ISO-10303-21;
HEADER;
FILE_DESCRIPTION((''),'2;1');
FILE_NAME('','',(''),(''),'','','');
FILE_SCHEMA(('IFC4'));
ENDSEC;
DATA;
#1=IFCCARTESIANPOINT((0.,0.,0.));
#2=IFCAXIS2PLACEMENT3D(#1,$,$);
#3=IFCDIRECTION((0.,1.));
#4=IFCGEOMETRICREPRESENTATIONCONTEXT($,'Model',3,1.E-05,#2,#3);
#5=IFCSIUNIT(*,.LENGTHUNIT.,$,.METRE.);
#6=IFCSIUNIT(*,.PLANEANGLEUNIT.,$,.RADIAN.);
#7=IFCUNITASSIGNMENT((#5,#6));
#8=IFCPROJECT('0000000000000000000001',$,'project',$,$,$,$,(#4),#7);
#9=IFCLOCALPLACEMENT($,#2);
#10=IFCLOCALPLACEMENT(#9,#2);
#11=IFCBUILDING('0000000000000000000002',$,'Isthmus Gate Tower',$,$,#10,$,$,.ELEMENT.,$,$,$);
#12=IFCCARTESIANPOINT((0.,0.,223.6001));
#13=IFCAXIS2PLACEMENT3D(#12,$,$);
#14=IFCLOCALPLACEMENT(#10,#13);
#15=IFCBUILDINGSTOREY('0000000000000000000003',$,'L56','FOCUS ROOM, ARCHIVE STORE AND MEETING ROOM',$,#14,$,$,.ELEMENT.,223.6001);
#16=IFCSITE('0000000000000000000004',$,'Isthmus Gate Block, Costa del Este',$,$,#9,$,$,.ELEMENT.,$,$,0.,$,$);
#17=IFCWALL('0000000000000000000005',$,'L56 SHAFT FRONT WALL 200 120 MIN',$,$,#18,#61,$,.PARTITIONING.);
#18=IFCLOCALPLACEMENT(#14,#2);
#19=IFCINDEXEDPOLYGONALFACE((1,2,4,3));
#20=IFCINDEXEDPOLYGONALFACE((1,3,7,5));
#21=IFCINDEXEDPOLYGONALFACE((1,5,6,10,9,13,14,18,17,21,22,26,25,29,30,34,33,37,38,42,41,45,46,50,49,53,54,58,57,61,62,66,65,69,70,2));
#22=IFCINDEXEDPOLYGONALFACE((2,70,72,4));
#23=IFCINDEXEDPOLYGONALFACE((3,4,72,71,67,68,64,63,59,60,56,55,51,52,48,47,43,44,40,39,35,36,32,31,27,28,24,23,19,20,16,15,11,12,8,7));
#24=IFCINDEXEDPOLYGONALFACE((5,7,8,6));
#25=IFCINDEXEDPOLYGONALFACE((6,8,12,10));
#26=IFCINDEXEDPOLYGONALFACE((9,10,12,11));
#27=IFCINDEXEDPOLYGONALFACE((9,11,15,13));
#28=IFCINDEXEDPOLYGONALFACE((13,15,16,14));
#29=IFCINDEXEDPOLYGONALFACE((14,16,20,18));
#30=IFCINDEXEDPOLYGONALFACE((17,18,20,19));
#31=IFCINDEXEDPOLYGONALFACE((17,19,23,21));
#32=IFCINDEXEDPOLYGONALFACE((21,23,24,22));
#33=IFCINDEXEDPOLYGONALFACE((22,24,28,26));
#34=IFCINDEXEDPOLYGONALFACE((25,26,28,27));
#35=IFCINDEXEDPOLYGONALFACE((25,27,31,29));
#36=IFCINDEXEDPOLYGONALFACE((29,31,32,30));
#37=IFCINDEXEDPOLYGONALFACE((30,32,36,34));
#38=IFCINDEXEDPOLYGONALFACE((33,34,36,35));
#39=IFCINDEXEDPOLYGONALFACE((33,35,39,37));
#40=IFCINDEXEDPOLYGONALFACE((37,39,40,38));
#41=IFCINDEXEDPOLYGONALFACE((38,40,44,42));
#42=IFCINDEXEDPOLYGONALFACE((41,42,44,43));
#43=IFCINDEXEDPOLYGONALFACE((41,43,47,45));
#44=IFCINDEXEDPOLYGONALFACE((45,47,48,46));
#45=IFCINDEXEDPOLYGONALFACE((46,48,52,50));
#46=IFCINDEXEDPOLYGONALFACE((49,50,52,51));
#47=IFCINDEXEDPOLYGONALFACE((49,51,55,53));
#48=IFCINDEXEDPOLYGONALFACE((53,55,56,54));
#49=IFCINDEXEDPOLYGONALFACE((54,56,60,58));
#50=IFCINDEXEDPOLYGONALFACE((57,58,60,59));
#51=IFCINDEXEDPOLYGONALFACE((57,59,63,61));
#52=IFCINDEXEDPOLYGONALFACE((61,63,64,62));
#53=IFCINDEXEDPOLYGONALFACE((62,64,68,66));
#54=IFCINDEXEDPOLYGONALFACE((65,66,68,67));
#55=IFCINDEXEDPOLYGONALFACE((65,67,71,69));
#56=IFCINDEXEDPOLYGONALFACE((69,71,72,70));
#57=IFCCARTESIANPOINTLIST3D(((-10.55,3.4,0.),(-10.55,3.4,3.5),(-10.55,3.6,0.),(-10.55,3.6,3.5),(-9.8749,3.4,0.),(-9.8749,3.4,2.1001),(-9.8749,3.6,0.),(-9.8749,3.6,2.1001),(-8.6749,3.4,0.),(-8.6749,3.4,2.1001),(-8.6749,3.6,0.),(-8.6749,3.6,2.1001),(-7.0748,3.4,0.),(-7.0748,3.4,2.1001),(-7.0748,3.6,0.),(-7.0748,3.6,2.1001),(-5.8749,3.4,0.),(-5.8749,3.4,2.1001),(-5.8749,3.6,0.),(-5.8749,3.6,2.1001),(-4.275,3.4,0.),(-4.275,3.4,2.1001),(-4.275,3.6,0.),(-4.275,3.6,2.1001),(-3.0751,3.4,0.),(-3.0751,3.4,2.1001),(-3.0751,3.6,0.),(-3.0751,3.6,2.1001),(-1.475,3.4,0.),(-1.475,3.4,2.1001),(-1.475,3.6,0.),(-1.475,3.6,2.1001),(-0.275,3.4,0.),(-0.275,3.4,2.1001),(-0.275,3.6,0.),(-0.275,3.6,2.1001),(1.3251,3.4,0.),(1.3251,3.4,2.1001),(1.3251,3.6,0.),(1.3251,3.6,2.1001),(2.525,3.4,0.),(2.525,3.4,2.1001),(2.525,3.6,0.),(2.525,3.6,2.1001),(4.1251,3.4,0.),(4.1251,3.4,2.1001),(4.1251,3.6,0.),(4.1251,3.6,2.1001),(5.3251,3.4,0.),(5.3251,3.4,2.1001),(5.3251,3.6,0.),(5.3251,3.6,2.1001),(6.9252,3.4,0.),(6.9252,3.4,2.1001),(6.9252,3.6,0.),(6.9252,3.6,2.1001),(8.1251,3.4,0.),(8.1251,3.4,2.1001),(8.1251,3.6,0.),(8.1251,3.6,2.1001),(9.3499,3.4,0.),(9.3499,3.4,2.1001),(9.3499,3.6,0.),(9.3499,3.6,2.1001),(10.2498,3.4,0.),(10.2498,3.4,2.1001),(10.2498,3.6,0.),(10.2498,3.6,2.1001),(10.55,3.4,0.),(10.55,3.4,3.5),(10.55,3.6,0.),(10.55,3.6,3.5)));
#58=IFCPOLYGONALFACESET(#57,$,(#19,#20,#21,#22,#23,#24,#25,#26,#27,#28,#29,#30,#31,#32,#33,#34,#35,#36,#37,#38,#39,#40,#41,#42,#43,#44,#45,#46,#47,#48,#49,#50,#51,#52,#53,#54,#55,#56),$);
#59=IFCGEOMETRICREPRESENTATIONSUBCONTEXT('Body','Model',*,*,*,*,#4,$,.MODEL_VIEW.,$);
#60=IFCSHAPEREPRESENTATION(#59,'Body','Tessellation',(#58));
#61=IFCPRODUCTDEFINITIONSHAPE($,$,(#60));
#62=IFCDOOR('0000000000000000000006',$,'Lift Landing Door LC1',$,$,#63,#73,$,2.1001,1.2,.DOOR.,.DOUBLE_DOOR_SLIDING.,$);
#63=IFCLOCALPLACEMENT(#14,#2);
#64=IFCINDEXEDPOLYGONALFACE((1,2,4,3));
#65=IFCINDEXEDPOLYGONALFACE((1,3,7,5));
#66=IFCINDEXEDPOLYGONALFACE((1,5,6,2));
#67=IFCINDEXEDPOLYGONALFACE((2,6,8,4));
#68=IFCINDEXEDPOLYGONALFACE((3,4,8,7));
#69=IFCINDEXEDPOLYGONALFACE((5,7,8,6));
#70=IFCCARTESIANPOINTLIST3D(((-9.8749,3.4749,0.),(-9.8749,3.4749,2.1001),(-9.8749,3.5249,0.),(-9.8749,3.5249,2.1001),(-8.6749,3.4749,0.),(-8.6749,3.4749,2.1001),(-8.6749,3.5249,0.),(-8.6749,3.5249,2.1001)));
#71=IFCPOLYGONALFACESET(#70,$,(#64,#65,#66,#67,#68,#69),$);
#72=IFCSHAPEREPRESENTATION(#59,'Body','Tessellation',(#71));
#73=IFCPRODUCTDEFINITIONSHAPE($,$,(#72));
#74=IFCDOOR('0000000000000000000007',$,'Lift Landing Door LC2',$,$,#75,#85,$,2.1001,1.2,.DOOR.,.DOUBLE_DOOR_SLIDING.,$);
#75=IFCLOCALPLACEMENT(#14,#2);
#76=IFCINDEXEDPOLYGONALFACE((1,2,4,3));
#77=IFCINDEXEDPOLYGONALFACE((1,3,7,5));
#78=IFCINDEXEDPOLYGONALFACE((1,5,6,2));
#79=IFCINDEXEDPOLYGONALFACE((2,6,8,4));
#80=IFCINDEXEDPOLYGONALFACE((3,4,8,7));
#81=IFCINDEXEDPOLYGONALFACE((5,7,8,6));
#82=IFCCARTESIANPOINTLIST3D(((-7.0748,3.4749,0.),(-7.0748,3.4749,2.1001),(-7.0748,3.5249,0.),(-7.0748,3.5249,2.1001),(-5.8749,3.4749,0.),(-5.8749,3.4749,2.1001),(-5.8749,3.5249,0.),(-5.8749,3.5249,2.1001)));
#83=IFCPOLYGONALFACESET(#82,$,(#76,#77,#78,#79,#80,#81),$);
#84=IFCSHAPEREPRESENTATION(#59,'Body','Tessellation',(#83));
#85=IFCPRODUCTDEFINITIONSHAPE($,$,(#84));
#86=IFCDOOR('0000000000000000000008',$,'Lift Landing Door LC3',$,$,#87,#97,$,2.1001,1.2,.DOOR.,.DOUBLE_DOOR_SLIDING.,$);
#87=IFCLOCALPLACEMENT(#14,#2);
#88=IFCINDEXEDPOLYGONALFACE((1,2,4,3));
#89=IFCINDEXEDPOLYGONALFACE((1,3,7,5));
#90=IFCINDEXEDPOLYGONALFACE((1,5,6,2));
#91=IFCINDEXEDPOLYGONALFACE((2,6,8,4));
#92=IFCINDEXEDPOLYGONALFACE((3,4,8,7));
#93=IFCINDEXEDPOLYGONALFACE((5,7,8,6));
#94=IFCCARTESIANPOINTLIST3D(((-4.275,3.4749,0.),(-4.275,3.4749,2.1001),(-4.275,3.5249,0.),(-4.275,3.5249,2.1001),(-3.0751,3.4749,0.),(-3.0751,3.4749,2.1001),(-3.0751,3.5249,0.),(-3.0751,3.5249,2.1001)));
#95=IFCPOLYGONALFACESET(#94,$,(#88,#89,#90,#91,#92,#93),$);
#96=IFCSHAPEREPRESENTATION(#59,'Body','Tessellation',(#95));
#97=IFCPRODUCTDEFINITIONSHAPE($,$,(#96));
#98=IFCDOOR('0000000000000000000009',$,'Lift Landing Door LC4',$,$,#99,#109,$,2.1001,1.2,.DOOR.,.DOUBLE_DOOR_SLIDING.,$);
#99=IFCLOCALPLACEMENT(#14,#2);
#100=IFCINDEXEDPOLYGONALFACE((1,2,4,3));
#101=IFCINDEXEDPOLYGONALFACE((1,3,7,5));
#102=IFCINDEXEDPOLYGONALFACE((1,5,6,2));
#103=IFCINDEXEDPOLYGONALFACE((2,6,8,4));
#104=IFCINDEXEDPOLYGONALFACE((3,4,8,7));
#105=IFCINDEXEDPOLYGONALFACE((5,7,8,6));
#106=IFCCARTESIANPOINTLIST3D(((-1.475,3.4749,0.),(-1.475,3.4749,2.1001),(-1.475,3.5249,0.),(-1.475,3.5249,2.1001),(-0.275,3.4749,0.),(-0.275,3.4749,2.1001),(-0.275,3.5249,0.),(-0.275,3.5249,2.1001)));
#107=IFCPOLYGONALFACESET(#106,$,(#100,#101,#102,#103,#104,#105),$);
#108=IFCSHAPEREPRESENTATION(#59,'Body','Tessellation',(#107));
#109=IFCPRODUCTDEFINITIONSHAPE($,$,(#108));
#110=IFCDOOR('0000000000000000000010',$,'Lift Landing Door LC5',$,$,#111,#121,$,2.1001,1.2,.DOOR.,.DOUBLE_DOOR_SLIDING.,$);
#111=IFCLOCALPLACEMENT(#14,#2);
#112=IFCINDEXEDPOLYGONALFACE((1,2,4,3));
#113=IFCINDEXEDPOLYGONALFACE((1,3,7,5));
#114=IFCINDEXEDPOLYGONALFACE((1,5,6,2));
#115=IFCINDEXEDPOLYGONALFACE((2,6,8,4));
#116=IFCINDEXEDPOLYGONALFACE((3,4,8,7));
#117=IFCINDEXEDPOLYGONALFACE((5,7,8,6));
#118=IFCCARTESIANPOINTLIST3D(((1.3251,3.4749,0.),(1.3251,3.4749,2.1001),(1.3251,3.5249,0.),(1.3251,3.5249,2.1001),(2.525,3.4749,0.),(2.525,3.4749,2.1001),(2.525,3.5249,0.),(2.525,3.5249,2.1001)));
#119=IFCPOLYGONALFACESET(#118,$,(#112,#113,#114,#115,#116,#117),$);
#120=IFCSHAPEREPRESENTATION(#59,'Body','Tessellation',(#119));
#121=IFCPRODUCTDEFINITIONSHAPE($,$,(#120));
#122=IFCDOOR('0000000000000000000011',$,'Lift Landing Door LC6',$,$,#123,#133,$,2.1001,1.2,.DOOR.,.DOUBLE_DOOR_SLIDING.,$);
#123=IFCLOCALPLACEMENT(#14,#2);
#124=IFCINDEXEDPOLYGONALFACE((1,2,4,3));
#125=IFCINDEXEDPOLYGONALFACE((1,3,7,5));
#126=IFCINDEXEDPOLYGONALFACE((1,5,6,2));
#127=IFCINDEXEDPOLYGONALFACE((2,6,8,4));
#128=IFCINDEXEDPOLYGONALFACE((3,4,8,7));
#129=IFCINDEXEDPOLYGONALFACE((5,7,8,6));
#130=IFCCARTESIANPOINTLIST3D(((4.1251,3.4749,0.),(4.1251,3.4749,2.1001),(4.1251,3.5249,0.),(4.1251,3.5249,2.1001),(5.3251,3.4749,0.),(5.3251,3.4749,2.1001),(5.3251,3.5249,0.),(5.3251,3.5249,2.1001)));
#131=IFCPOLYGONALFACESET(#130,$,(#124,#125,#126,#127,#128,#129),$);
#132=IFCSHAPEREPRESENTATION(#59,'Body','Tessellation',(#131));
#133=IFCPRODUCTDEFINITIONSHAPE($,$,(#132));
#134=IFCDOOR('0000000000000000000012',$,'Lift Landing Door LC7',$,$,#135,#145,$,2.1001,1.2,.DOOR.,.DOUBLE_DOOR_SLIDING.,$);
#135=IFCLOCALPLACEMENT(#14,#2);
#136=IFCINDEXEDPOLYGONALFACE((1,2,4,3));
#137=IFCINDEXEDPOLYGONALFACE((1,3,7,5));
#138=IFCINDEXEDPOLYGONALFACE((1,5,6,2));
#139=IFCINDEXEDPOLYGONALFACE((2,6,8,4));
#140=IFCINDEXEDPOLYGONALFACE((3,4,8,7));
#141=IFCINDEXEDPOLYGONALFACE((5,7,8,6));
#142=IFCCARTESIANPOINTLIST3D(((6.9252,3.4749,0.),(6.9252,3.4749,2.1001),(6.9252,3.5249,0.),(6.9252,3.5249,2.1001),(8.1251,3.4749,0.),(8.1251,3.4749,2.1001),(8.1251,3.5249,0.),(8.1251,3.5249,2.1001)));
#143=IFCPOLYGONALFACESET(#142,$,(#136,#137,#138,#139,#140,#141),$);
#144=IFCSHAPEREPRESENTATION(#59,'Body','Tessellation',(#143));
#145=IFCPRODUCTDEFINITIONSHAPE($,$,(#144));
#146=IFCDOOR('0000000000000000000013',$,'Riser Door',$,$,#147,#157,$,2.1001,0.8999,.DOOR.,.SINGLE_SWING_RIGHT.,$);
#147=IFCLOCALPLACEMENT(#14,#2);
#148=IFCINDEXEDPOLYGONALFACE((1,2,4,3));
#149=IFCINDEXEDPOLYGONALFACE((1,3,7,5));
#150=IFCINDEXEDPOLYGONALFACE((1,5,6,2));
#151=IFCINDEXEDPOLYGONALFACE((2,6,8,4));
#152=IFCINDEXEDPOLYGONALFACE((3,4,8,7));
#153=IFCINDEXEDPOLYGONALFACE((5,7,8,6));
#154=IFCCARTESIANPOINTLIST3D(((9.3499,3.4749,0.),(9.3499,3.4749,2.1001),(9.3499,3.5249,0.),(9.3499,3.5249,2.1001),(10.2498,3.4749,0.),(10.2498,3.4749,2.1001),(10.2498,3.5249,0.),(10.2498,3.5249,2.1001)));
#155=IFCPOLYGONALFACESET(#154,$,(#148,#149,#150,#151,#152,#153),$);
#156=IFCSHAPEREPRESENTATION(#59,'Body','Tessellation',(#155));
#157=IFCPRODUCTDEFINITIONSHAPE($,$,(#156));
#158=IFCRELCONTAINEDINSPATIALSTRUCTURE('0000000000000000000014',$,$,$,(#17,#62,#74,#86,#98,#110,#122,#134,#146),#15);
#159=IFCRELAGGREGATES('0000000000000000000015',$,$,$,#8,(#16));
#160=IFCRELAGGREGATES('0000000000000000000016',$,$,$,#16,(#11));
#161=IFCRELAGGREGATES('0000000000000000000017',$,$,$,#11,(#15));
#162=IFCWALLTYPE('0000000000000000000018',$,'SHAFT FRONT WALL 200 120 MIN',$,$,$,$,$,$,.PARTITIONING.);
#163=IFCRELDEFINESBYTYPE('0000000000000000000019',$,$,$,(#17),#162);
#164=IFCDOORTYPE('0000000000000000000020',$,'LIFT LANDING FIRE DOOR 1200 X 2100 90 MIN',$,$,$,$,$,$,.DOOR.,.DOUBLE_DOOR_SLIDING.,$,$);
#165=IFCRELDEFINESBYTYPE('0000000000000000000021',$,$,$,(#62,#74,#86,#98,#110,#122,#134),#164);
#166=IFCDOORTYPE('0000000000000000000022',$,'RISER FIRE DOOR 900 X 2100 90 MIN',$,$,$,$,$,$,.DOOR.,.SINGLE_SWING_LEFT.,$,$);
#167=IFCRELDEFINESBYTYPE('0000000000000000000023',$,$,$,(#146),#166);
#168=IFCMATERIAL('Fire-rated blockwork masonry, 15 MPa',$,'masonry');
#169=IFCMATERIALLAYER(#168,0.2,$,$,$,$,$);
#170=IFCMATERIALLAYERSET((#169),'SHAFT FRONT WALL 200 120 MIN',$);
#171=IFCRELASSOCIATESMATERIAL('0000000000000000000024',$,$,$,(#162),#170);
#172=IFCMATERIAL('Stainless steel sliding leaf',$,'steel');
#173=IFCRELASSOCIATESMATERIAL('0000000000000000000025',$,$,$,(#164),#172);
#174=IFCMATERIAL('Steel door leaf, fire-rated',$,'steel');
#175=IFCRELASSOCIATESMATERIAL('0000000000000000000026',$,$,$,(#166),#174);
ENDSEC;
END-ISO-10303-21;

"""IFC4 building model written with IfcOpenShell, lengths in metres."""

from ifc_helpers import new_model, si_unit, direction, frame, frame_2d, origin, place, context, subcontext, project, spatial, rectangle, extrude, material, layer, layer_set, type_object, element, fill, save


model = new_model("IFC4")

# Units and contexts
model_context = context("Model", 3, precision=1e-05, world=origin(), true_north=direction((0.0, 1.0)))
body_context = subcontext(model_context, "Body", "Model", "MODEL_VIEW")
ifc_project = project(units=[si_unit("LENGTHUNIT", "METRE"), si_unit("PLANEANGLEUNIT", "RADIAN")], contexts=[model_context])

# Site, building, storey
site_placement = place(None, origin())
site = spatial("IfcSite", under=ifc_project, at=site_placement, Name="Isthmus Gate Block, Costa del Este", CompositionType="ELEMENT", RefElevation=0.0)
building_placement = place(site_placement, origin())
building = spatial("IfcBuilding", under=site, at=building_placement, Name="Isthmus Gate Tower", CompositionType="ELEMENT")
storey_placement = place(building_placement, frame((0.0, 0.0, 223.6001)))
storey = spatial("IfcBuildingStorey", under=building, at=storey_placement, Name="L56", Description="FOCUS ROOM, ARCHIVE STORE AND MEETING ROOM", CompositionType="ELEMENT", Elevation=223.6001)

# Wall, openings, doors
ifc_material_1 = material(Name="Fire-rated blockwork masonry, 15 MPa", Category="masonry")
ifc_layer_1 = layer(ifc_material_1, 0.2)
ifc_layer_set_1 = layer_set([ifc_layer_1], Name="SHAFT FRONT WALL 200 120 MIN")
wall_type_1 = type_object("IfcWallType", Name="SHAFT FRONT WALL 200 120 MIN", PredefinedType="PARTITIONING", material=ifc_layer_set_1)
wall_1_placement = place(storey_placement, frame((-10.55, 3.5, 0.0), z_axis=(0.0, 0.0, 1.0), x_axis=(1.0, 0.0, 0.0)))
wall_1 = element("IfcWall", 1, at=wall_1_placement, inside=storey, type_object=wall_type_1, Name="L56 SHAFT FRONT WALL 200 120 MIN", PredefinedType="PARTITIONING", context=body_context, shape_type="SweptSolid", body=[
    extrude(rectangle(XDim=21.1001, YDim=0.2, at=frame_2d((10.55, 0.0))), origin(), (0.0, 0.0, 1.0), 3.5),
])
opening_1_placement = place(wall_1_placement, frame((0.675, 0.0, 0.0)))
opening_1 = element("IfcOpeningElement", 2, at=opening_1_placement, cuts=wall_1, PredefinedType="OPENING", context=body_context, shape_type="SweptSolid", body=[
    extrude(rectangle(XDim=1.2, YDim=2.1001, at=frame_2d((0.6001, 1.05))), frame((0.0, 0.1099, 0.0), z_axis=(0.0, -1.0, 0.0), x_axis=(1.0, 0.0, 0.0)), (0.0, 0.0, 1.0), 0.22),
])
opening_2_placement = place(wall_1_placement, frame((3.4751, 0.0, 0.0)))
opening_2 = element("IfcOpeningElement", 3, at=opening_2_placement, cuts=wall_1, PredefinedType="OPENING", context=body_context, shape_type="SweptSolid", body=[
    extrude(rectangle(XDim=1.2, YDim=2.1001, at=frame_2d((0.6001, 1.05))), frame((0.0, 0.1099, 0.0), z_axis=(0.0, -1.0, 0.0), x_axis=(1.0, 0.0, 0.0)), (0.0, 0.0, 1.0), 0.22),
])
opening_3_placement = place(wall_1_placement, frame((6.2749, 0.0, 0.0)))
opening_3 = element("IfcOpeningElement", 4, at=opening_3_placement, cuts=wall_1, PredefinedType="OPENING", context=body_context, shape_type="SweptSolid", body=[
    extrude(rectangle(XDim=1.2, YDim=2.1001, at=frame_2d((0.6001, 1.05))), frame((0.0, 0.1099, 0.0), z_axis=(0.0, -1.0, 0.0), x_axis=(1.0, 0.0, 0.0)), (0.0, 0.0, 1.0), 0.22),
])
opening_4_placement = place(wall_1_placement, frame((9.075, 0.0, 0.0)))
opening_4 = element("IfcOpeningElement", 5, at=opening_4_placement, cuts=wall_1, PredefinedType="OPENING", context=body_context, shape_type="SweptSolid", body=[
    extrude(rectangle(XDim=1.2, YDim=2.1001, at=frame_2d((0.6001, 1.05))), frame((0.0, 0.1099, 0.0), z_axis=(0.0, -1.0, 0.0), x_axis=(1.0, 0.0, 0.0)), (0.0, 0.0, 1.0), 0.22),
])
opening_5_placement = place(wall_1_placement, frame((11.875, 0.0, 0.0)))
opening_5 = element("IfcOpeningElement", 6, at=opening_5_placement, cuts=wall_1, PredefinedType="OPENING", context=body_context, shape_type="SweptSolid", body=[
    extrude(rectangle(XDim=1.2, YDim=2.1001, at=frame_2d((0.6001, 1.05))), frame((0.0, 0.1099, 0.0), z_axis=(0.0, -1.0, 0.0), x_axis=(1.0, 0.0, 0.0)), (0.0, 0.0, 1.0), 0.22),
])
opening_6_placement = place(wall_1_placement, frame((14.675, 0.0, 0.0)))
opening_6 = element("IfcOpeningElement", 7, at=opening_6_placement, cuts=wall_1, PredefinedType="OPENING", context=body_context, shape_type="SweptSolid", body=[
    extrude(rectangle(XDim=1.2, YDim=2.1001, at=frame_2d((0.6001, 1.05))), frame((0.0, 0.1099, 0.0), z_axis=(0.0, -1.0, 0.0), x_axis=(1.0, 0.0, 0.0)), (0.0, 0.0, 1.0), 0.22),
])
opening_7_placement = place(wall_1_placement, frame((17.4751, 0.0, 0.0)))
opening_7 = element("IfcOpeningElement", 8, at=opening_7_placement, cuts=wall_1, PredefinedType="OPENING", context=body_context, shape_type="SweptSolid", body=[
    extrude(rectangle(XDim=1.2, YDim=2.1001, at=frame_2d((0.6001, 1.05))), frame((0.0, 0.1099, 0.0), z_axis=(0.0, -1.0, 0.0), x_axis=(1.0, 0.0, 0.0)), (0.0, 0.0, 1.0), 0.22),
])
opening_8_placement = place(wall_1_placement, frame((19.8999, 0.0, 0.0)))
opening_8 = element("IfcOpeningElement", 9, at=opening_8_placement, cuts=wall_1, PredefinedType="OPENING", context=body_context, shape_type="SweptSolid", body=[
    extrude(rectangle(XDim=0.8999, YDim=2.1001, at=frame_2d((0.45, 1.05))), frame((0.0, 0.1099, 0.0), z_axis=(0.0, -1.0, 0.0), x_axis=(1.0, 0.0, 0.0)), (0.0, 0.0, 1.0), 0.22),
])
ifc_material_2 = material(Name="Stainless steel sliding leaf", Category="steel")
door_type_1 = type_object("IfcDoorType", Name="LIFT LANDING FIRE DOOR 1200 X 2100 90 MIN", OperationType="DOUBLE_DOOR_SLIDING", PredefinedType="DOOR", material=ifc_material_2)
door_1_placement = place(opening_1_placement, origin())
door_1 = element("IfcDoor", 10, at=door_1_placement, inside=storey, type_object=door_type_1, Name="Lift Landing Door LC1", OperationType="DOUBLE_DOOR_SLIDING", OverallHeight=2.1001, OverallWidth=1.2, PredefinedType="DOOR", context=body_context, shape_type="SweptSolid", body=[
    extrude(rectangle(XDim=1.2, YDim=2.1001, at=frame_2d((0.6001, 1.05))), frame((0.0, 0.0249, 0.0), z_axis=(0.0, -1.0, 0.0), x_axis=(1.0, 0.0, 0.0)), (0.0, 0.0, 1.0), 0.05),
])
fill(opening_1, door_1)
door_2_placement = place(opening_2_placement, origin())
door_2 = element("IfcDoor", 11, at=door_2_placement, inside=storey, type_object=door_type_1, Name="Lift Landing Door LC2", OperationType="DOUBLE_DOOR_SLIDING", OverallHeight=2.1001, OverallWidth=1.2, PredefinedType="DOOR", context=body_context, shape_type="SweptSolid", body=[
    extrude(rectangle(XDim=1.2, YDim=2.1001, at=frame_2d((0.6001, 1.05))), frame((0.0, 0.0249, 0.0), z_axis=(0.0, -1.0, 0.0), x_axis=(1.0, 0.0, 0.0)), (0.0, 0.0, 1.0), 0.05),
])
fill(opening_2, door_2)
door_3_placement = place(opening_3_placement, origin())
door_3 = element("IfcDoor", 12, at=door_3_placement, inside=storey, type_object=door_type_1, Name="Lift Landing Door LC3", OperationType="DOUBLE_DOOR_SLIDING", OverallHeight=2.1001, OverallWidth=1.2, PredefinedType="DOOR", context=body_context, shape_type="SweptSolid", body=[
    extrude(rectangle(XDim=1.2, YDim=2.1001, at=frame_2d((0.6001, 1.05))), frame((0.0, 0.0249, 0.0), z_axis=(0.0, -1.0, 0.0), x_axis=(1.0, 0.0, 0.0)), (0.0, 0.0, 1.0), 0.05),
])
fill(opening_3, door_3)
door_4_placement = place(opening_4_placement, origin())
door_4 = element("IfcDoor", 13, at=door_4_placement, inside=storey, type_object=door_type_1, Name="Lift Landing Door LC4", OperationType="DOUBLE_DOOR_SLIDING", OverallHeight=2.1001, OverallWidth=1.2, PredefinedType="DOOR", context=body_context, shape_type="SweptSolid", body=[
    extrude(rectangle(XDim=1.2, YDim=2.1001, at=frame_2d((0.6001, 1.05))), frame((0.0, 0.0249, 0.0), z_axis=(0.0, -1.0, 0.0), x_axis=(1.0, 0.0, 0.0)), (0.0, 0.0, 1.0), 0.05),
])
fill(opening_4, door_4)
door_5_placement = place(opening_5_placement, origin())
door_5 = element("IfcDoor", 14, at=door_5_placement, inside=storey, type_object=door_type_1, Name="Lift Landing Door LC5", OperationType="DOUBLE_DOOR_SLIDING", OverallHeight=2.1001, OverallWidth=1.2, PredefinedType="DOOR", context=body_context, shape_type="SweptSolid", body=[
    extrude(rectangle(XDim=1.2, YDim=2.1001, at=frame_2d((0.6001, 1.05))), frame((0.0, 0.0249, 0.0), z_axis=(0.0, -1.0, 0.0), x_axis=(1.0, 0.0, 0.0)), (0.0, 0.0, 1.0), 0.05),
])
fill(opening_5, door_5)
door_6_placement = place(opening_6_placement, origin())
door_6 = element("IfcDoor", 15, at=door_6_placement, inside=storey, type_object=door_type_1, Name="Lift Landing Door LC6", OperationType="DOUBLE_DOOR_SLIDING", OverallHeight=2.1001, OverallWidth=1.2, PredefinedType="DOOR", context=body_context, shape_type="SweptSolid", body=[
    extrude(rectangle(XDim=1.2, YDim=2.1001, at=frame_2d((0.6001, 1.05))), frame((0.0, 0.0249, 0.0), z_axis=(0.0, -1.0, 0.0), x_axis=(1.0, 0.0, 0.0)), (0.0, 0.0, 1.0), 0.05),
])
fill(opening_6, door_6)
door_7_placement = place(opening_7_placement, origin())
door_7 = element("IfcDoor", 16, at=door_7_placement, inside=storey, type_object=door_type_1, Name="Lift Landing Door LC7", OperationType="DOUBLE_DOOR_SLIDING", OverallHeight=2.1001, OverallWidth=1.2, PredefinedType="DOOR", context=body_context, shape_type="SweptSolid", body=[
    extrude(rectangle(XDim=1.2, YDim=2.1001, at=frame_2d((0.6001, 1.05))), frame((0.0, 0.0249, 0.0), z_axis=(0.0, -1.0, 0.0), x_axis=(1.0, 0.0, 0.0)), (0.0, 0.0, 1.0), 0.05),
])
fill(opening_7, door_7)
ifc_material_3 = material(Name="Steel door leaf, fire-rated", Category="steel")
door_type_2 = type_object("IfcDoorType", Name="RISER FIRE DOOR 900 X 2100 90 MIN", OperationType="SINGLE_SWING_LEFT", PredefinedType="DOOR", material=ifc_material_3)
door_8_placement = place(opening_8_placement, origin())
door_8 = element("IfcDoor", 17, at=door_8_placement, inside=storey, type_object=door_type_2, Name="Riser Door", OperationType="SINGLE_SWING_RIGHT", OverallHeight=2.1001, OverallWidth=0.8999, PredefinedType="DOOR", context=body_context, shape_type="SweptSolid", body=[
    extrude(rectangle(XDim=0.8999, YDim=2.1001, at=frame_2d((0.45, 1.05))), frame((0.0, 0.0249, 0.0), z_axis=(0.0, -1.0, 0.0), x_axis=(1.0, 0.0, 0.0)), (0.0, 0.0, 1.0), 0.05),
])
fill(opening_8, door_8)

save(model, "model.ifc")
